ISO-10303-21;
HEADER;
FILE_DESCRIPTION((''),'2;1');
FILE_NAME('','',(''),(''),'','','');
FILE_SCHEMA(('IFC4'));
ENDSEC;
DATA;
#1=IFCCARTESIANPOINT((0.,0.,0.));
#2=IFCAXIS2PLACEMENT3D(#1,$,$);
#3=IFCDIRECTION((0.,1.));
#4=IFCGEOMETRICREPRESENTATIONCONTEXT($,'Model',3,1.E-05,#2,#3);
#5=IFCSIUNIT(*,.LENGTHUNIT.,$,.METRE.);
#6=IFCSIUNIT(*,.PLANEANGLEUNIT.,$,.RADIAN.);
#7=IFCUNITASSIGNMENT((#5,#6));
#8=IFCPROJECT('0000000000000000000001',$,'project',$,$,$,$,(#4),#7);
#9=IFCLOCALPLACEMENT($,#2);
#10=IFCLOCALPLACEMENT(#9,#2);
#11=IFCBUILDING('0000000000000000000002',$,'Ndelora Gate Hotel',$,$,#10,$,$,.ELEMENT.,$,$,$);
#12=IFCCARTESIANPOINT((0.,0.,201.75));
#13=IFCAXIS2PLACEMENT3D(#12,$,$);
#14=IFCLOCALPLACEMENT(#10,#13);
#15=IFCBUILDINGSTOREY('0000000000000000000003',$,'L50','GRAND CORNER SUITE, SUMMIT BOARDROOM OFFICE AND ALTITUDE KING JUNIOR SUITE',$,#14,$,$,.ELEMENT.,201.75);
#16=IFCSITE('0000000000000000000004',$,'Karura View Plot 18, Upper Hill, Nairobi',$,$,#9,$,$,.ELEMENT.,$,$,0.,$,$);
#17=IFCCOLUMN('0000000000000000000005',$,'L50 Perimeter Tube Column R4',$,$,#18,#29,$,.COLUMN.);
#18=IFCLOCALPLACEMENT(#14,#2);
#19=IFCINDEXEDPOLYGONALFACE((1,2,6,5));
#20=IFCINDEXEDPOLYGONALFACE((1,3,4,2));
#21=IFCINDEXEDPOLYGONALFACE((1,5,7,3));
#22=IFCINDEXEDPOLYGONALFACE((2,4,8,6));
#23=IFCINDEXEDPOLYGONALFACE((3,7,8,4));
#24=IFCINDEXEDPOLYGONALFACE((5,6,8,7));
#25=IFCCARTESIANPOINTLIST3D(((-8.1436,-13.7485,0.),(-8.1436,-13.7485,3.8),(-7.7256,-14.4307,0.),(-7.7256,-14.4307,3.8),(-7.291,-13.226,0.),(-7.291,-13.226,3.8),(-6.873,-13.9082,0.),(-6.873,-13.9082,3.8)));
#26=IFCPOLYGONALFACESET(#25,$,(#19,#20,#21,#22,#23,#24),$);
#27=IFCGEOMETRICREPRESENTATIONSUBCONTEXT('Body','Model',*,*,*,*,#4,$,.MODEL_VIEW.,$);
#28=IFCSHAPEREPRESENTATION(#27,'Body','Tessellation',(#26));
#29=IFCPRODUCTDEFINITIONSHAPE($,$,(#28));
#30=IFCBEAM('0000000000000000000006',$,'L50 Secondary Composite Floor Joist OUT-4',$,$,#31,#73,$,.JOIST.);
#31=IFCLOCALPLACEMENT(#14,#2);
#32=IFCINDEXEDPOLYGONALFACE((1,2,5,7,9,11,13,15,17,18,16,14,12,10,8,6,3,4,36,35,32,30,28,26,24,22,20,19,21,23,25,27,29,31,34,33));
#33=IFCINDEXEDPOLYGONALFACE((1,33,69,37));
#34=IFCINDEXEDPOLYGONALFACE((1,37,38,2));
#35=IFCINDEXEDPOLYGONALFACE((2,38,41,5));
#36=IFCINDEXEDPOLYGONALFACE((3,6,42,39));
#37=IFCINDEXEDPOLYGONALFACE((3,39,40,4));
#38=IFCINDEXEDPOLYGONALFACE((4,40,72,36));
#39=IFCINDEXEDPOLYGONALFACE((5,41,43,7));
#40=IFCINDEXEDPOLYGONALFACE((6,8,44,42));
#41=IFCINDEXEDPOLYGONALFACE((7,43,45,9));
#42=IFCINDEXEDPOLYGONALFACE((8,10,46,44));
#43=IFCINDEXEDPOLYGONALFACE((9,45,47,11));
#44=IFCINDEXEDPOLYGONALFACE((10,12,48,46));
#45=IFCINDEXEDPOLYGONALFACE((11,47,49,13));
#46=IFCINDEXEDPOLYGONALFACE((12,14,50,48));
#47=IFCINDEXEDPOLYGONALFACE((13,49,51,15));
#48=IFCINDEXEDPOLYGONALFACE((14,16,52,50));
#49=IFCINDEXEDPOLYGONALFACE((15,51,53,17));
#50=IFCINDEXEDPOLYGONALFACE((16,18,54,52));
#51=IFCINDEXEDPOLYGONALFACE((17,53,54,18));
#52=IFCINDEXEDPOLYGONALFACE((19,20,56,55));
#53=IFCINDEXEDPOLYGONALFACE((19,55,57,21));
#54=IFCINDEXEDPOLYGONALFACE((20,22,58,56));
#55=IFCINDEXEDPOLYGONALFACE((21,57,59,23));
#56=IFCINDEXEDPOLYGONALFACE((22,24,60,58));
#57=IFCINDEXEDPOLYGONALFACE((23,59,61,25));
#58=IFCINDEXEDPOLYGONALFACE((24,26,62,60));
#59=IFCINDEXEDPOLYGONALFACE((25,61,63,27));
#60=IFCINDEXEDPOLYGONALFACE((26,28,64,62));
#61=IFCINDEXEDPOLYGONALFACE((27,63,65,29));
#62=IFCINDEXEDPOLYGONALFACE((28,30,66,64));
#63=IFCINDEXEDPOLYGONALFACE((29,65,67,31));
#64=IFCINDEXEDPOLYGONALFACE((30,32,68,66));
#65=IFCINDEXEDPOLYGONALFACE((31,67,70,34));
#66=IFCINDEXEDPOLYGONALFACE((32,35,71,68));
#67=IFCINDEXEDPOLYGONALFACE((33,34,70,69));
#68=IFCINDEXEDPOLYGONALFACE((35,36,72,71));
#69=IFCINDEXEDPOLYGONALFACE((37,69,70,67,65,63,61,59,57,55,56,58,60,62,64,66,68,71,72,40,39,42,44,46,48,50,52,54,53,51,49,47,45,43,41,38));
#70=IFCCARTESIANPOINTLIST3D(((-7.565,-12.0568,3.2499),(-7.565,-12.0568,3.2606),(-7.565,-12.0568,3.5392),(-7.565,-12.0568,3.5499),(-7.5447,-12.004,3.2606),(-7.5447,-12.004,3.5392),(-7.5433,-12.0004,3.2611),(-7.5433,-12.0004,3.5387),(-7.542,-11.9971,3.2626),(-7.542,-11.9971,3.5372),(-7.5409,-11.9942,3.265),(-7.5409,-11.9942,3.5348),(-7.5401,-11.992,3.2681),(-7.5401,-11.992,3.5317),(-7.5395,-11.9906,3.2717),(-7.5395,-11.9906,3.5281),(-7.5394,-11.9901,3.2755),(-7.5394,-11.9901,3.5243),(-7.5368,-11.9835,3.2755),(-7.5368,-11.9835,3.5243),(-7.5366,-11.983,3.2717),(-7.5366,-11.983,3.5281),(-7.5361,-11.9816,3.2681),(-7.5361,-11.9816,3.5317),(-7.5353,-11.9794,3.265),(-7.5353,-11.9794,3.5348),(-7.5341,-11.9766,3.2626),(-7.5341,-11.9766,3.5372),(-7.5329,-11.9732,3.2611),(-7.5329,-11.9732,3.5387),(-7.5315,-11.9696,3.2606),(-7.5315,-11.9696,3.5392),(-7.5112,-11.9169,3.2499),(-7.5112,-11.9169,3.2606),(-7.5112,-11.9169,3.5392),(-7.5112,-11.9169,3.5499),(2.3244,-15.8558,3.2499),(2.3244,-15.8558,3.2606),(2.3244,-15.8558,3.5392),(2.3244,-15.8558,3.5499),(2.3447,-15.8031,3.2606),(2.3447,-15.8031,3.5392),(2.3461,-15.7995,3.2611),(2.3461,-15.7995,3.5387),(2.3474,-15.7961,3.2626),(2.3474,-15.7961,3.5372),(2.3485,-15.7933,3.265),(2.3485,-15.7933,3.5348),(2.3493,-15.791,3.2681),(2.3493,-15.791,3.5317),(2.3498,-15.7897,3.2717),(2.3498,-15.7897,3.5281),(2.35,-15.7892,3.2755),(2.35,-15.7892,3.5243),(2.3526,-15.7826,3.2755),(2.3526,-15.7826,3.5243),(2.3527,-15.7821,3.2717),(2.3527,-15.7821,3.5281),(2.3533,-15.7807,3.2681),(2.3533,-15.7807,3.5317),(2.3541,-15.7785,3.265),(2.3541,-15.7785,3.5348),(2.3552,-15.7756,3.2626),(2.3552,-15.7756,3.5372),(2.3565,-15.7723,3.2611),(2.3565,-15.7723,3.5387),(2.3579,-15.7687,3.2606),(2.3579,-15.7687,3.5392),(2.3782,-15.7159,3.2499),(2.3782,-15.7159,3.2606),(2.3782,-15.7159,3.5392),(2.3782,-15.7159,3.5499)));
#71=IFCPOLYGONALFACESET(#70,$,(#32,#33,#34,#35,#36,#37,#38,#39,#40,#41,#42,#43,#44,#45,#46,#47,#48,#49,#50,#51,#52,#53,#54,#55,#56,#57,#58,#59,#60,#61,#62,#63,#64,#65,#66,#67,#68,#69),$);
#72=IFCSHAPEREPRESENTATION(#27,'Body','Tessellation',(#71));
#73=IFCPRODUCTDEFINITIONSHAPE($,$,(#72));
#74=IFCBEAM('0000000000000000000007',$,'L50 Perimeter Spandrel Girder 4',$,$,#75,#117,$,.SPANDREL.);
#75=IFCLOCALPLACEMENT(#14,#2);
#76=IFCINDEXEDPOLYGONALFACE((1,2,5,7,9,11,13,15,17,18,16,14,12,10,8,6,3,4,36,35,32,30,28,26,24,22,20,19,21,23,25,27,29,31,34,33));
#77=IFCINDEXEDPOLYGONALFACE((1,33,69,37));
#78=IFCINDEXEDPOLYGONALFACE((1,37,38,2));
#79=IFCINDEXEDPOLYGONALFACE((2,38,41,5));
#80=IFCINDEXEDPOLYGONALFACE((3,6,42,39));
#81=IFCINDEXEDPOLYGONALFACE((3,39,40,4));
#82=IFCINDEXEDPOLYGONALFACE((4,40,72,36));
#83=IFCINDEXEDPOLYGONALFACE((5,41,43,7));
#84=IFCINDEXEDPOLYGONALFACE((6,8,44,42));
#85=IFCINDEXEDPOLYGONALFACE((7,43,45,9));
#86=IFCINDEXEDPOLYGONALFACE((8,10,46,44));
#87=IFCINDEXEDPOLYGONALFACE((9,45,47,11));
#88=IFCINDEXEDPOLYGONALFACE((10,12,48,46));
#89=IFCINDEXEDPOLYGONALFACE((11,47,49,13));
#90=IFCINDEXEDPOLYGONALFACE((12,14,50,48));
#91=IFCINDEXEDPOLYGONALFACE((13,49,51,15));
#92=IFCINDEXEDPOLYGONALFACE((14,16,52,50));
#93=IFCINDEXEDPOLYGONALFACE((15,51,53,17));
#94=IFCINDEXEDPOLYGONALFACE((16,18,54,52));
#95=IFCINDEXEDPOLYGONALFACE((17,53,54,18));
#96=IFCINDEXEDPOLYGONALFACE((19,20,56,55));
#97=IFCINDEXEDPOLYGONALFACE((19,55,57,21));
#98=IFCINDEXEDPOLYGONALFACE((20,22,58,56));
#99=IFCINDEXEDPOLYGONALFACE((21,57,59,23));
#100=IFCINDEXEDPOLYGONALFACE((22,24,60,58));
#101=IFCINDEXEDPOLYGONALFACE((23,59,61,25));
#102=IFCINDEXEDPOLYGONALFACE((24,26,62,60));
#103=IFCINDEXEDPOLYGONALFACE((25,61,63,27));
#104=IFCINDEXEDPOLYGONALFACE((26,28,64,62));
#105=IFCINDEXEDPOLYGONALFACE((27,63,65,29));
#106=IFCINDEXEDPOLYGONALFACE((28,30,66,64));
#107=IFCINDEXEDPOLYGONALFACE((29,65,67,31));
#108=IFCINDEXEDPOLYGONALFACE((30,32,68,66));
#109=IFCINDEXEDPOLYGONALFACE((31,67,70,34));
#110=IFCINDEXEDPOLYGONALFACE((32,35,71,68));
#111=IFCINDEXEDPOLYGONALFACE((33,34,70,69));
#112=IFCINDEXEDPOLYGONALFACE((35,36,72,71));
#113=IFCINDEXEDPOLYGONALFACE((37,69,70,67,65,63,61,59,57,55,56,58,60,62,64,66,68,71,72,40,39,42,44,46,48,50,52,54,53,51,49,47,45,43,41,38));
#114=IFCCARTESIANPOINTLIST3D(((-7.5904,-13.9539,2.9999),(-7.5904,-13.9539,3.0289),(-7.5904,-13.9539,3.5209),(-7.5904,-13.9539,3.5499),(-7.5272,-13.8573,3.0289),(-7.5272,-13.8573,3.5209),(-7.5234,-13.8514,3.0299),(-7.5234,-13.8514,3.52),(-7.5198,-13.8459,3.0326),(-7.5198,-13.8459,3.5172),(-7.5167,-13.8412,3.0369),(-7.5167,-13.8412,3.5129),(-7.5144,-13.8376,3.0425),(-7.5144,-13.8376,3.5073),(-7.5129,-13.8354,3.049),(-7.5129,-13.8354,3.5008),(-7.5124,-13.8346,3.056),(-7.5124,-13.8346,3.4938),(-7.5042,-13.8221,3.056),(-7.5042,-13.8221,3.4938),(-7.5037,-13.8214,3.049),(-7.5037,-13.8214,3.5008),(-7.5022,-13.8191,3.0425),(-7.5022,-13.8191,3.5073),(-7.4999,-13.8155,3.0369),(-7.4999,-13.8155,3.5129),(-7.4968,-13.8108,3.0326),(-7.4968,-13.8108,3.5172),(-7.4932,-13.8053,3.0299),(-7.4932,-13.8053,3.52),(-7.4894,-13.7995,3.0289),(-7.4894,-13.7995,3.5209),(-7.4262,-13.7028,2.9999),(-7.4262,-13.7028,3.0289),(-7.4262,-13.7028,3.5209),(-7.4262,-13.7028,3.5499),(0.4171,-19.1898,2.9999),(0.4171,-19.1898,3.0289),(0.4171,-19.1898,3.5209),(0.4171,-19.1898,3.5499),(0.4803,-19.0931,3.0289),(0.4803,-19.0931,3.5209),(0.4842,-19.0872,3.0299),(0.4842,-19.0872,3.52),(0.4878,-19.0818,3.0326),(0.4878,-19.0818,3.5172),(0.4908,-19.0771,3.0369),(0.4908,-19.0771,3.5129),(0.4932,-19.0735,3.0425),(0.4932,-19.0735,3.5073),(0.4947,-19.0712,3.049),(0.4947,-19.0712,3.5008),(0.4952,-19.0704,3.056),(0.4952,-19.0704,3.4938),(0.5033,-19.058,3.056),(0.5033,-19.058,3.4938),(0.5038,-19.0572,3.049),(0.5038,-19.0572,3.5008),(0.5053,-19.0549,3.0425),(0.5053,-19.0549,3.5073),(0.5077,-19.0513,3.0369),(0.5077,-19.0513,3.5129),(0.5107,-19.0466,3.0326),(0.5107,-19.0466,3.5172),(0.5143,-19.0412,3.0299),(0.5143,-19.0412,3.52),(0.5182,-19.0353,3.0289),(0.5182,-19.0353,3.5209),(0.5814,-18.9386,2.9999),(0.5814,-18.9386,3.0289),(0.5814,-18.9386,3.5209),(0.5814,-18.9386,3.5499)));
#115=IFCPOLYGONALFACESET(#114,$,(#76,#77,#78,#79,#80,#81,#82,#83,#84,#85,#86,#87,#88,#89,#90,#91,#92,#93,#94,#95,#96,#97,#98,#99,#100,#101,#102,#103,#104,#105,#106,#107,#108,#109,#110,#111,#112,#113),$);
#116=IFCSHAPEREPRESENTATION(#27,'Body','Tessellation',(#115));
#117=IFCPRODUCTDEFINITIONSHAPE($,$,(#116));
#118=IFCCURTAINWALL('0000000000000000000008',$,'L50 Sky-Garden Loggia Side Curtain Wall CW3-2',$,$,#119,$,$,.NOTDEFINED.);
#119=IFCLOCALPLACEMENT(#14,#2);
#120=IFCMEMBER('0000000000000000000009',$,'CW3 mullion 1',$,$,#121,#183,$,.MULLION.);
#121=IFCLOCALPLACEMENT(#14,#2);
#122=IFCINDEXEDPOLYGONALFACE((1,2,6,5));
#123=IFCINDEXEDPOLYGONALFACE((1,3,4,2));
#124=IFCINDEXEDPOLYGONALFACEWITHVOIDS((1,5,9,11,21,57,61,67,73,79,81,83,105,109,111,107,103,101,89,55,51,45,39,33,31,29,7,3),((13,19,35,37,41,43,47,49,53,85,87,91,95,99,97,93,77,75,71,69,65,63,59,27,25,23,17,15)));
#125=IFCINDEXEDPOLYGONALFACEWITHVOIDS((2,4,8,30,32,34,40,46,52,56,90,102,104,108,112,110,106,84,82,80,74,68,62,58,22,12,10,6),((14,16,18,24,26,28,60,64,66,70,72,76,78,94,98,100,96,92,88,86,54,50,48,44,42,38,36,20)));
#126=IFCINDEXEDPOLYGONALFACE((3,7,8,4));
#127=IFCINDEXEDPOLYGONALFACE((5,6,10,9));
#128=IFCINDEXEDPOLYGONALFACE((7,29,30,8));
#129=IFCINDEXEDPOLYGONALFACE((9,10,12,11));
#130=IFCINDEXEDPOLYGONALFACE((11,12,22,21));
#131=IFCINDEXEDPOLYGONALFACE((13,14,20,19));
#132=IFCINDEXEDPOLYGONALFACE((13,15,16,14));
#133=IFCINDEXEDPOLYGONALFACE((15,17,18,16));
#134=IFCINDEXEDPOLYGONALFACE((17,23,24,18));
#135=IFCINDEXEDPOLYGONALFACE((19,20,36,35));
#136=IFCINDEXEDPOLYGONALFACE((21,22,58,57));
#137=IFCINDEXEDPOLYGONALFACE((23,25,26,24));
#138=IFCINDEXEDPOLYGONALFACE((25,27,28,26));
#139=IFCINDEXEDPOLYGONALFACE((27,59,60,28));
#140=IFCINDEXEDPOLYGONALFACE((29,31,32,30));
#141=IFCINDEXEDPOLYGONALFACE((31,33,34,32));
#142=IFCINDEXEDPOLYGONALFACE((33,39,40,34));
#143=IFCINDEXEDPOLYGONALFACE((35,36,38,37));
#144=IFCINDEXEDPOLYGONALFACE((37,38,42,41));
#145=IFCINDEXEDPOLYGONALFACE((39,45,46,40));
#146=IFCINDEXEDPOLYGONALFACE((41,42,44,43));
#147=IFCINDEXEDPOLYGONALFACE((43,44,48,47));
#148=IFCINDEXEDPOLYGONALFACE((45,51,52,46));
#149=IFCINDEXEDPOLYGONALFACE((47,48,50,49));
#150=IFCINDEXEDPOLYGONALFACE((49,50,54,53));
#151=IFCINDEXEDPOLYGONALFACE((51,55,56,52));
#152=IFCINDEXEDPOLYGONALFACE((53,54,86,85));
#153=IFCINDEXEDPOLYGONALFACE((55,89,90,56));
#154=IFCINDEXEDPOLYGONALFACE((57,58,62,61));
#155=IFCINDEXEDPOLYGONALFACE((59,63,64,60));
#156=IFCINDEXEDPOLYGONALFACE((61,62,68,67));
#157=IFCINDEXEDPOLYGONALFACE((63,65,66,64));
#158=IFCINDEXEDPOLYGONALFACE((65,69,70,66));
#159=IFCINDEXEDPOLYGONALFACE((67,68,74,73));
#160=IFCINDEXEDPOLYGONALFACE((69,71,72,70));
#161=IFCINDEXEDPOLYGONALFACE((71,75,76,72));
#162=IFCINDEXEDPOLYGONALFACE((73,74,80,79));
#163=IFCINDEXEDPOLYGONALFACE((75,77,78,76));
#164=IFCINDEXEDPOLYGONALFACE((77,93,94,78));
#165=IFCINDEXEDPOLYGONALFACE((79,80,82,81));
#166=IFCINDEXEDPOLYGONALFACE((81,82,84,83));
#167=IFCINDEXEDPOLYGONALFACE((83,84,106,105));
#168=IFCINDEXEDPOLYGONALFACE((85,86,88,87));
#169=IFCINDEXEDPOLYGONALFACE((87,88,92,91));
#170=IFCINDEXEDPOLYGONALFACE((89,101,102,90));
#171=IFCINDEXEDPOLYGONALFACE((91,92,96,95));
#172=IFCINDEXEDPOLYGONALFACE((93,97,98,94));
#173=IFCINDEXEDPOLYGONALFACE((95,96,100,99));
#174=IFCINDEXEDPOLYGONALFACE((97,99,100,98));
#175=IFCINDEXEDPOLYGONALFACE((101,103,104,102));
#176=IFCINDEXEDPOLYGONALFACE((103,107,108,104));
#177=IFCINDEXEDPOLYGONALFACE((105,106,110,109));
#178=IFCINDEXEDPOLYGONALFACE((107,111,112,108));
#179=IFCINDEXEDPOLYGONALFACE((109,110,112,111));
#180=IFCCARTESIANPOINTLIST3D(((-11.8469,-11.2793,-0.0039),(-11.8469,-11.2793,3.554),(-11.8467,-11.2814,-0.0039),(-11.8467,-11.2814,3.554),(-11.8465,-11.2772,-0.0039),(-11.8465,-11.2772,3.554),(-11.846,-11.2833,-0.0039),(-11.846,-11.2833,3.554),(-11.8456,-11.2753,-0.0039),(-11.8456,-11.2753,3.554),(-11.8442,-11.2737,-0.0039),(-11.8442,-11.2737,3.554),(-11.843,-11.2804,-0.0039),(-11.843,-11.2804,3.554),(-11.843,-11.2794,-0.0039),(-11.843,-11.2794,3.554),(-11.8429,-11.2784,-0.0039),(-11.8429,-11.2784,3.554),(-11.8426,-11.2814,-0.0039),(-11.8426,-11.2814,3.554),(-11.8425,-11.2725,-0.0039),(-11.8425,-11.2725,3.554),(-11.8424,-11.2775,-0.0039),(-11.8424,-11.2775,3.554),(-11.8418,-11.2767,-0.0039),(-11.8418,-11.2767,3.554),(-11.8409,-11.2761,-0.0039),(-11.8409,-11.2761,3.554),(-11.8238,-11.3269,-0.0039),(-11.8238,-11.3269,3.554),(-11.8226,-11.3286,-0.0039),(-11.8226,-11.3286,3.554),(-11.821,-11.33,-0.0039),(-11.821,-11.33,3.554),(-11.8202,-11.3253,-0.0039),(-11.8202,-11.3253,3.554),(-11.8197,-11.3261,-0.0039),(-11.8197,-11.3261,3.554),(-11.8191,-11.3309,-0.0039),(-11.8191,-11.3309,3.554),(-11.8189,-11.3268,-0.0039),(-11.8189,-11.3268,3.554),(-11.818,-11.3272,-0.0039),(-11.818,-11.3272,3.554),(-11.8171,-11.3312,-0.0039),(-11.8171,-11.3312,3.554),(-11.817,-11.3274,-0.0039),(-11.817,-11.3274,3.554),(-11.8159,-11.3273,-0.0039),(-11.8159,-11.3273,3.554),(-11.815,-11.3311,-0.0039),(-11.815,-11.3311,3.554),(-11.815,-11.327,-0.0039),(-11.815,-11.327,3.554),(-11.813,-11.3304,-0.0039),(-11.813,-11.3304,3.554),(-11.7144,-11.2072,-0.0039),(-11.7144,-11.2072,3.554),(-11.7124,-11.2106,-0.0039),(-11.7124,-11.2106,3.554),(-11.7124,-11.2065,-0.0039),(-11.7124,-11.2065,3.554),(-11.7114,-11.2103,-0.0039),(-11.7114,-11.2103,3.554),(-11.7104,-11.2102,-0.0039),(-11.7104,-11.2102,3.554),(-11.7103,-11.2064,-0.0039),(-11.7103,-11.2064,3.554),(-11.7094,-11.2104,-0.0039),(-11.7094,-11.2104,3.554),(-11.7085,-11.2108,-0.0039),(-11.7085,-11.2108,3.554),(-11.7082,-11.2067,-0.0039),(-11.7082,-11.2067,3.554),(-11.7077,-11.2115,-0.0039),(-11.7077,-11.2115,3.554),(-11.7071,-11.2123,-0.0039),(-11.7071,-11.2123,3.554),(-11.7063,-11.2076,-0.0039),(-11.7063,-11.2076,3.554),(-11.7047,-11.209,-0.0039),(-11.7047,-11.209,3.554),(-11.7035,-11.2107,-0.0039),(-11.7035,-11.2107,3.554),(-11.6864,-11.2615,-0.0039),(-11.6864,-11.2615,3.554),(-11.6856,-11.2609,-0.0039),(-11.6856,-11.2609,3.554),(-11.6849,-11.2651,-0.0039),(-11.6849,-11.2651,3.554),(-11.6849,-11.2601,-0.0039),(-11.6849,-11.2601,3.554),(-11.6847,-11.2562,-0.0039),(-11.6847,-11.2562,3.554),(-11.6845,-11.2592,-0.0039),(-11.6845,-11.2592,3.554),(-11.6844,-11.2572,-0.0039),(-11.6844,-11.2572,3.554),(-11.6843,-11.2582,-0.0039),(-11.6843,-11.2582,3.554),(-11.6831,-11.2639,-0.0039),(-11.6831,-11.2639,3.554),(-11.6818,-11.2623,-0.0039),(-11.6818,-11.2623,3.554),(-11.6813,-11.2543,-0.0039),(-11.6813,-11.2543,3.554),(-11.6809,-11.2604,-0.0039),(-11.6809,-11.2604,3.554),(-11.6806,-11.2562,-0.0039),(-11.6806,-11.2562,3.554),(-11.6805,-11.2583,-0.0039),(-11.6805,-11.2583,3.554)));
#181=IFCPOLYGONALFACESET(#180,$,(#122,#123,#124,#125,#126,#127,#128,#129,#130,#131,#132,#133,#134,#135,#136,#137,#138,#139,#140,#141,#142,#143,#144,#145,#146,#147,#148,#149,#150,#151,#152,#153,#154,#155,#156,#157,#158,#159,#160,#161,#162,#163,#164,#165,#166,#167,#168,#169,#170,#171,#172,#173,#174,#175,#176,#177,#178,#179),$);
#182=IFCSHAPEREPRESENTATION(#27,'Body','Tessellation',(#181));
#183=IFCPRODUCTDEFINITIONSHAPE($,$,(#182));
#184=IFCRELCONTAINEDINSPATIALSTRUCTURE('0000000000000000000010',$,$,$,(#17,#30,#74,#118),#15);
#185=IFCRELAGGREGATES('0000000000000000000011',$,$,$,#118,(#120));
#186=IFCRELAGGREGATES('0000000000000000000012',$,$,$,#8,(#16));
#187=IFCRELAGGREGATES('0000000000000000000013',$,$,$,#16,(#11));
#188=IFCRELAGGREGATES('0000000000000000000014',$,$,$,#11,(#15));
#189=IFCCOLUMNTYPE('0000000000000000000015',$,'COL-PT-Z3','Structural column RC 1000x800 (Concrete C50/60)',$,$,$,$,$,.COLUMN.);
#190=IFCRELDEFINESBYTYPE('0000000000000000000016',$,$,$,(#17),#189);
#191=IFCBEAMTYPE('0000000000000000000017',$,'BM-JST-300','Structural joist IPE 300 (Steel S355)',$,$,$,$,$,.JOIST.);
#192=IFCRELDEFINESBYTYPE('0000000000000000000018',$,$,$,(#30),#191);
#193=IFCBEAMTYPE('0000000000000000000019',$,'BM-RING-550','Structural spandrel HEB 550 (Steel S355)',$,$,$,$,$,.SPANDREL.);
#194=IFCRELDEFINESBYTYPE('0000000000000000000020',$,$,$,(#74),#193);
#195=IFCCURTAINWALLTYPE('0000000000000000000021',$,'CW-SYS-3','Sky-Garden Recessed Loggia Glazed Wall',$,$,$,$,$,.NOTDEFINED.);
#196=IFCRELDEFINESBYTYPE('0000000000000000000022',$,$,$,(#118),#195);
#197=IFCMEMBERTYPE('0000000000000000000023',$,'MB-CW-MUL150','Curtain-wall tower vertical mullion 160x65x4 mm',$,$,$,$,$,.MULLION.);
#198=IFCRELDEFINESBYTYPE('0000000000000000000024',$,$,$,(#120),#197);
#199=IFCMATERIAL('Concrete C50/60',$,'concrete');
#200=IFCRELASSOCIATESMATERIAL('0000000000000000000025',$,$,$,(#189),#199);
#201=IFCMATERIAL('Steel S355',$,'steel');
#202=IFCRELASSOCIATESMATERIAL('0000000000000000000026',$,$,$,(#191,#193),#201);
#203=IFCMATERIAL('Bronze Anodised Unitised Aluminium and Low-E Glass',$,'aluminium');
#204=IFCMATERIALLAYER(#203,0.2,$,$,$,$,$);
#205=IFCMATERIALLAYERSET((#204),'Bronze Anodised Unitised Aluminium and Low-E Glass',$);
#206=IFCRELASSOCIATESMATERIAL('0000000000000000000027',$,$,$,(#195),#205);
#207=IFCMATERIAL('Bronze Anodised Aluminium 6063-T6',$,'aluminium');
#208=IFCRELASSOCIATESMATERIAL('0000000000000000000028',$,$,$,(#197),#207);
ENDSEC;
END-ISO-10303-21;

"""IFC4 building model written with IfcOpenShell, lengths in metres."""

from ifc_helpers import new_model, si_unit, direction, frame, origin, origin_2d, place, context, subcontext, project, spatial, rectangle, hollow_rectangle, i_section, extrude, material, layer, layer_set, material_profile, profile_set, type_object, element, aggregate, save


model = new_model("IFC4")

# Units and contexts
model_context = context("Model", 3, precision=1e-05, world=origin(), true_north=direction((0.0, 1.0)))
body_context = subcontext(model_context, "Body", "Model", "MODEL_VIEW")
ifc_project = project(units=[si_unit("LENGTHUNIT", "METRE"), si_unit("PLANEANGLEUNIT", "RADIAN")], contexts=[model_context])

# Site, building, storey
site_placement = place(None, origin())
site = spatial("IfcSite", under=ifc_project, at=site_placement, Name="Karura View Plot 18, Upper Hill, Nairobi", CompositionType="ELEMENT", RefElevation=0.0)
building_placement = place(site_placement, origin())
building = spatial("IfcBuilding", under=site, at=building_placement, Name="Ndelora Gate Hotel", CompositionType="ELEMENT")
storey_placement = place(building_placement, frame((0.0, 0.0, 201.75)))
storey = spatial("IfcBuildingStorey", under=building, at=storey_placement, Name="L50", Description="GRAND CORNER SUITE, SUMMIT BOARDROOM OFFICE AND ALTITUDE KING JUNIOR SUITE", CompositionType="ELEMENT", Elevation=201.75)

# Column
ifc_material_1 = material(Name="Concrete C50/60", Category="concrete")
ifc_material_profile_1 = material_profile(ifc_material_1, rectangle(XDim=0.8, YDim=1.0, at=origin_2d()), Name="RC 1000x800")
ifc_profile_set_1 = profile_set([ifc_material_profile_1], Name="Concrete C50/60")
column_type = type_object("IfcColumnType", Name="COL-PT-Z3", Description="Structural column RC 1000x800 (Concrete C50/60)", PredefinedType="COLUMN", material=ifc_profile_set_1)
column_placement = place(storey_placement, frame((-7.5083, -13.8284, 0.0), z_axis=(0.0, 0.0, 1.0), x_axis=(-0.522499, 0.85264, 0.0)))
element("IfcColumn", 1, at=column_placement, inside=storey, type_object=column_type, Name="L50 Perimeter Tube Column R4", PredefinedType="COLUMN", context=body_context, shape_type="SweptSolid", body=[
    extrude(rectangle(XDim=0.8, YDim=1.0, at=origin_2d()), origin(), (0.0, 0.0, 1.0), 3.8),
])

# Beams
ifc_material_2 = material(Name="Steel S355", Category="steel")
ifc_material_profile_2 = material_profile(ifc_material_2, i_section(OverallWidth=0.1499, OverallDepth=0.3, WebThickness=0.0071, FlangeThickness=0.0107, FilletRadius=0.0149, at=origin_2d()), Name="IPE 300")
ifc_profile_set_2 = profile_set([ifc_material_profile_2], Name="Steel S355")
beam_type_1 = type_object("IfcBeamType", Name="BM-JST-300", Description="Structural joist IPE 300 (Steel S355)", PredefinedType="JOIST", material=ifc_profile_set_2)
beam_1_placement = place(storey_placement, frame((-7.5381, -11.9868, 3.3999), z_axis=(0.933489, -0.358605, 0.0), x_axis=(0.358605, 0.933489, 0.0)))
element("IfcBeam", 2, at=beam_1_placement, inside=storey, type_object=beam_type_1, Name="L50 Secondary Composite Floor Joist OUT-4", PredefinedType="JOIST", context=body_context, shape_type="SweptSolid", body=[
    extrude(i_section(OverallWidth=0.1499, OverallDepth=0.3, WebThickness=0.0071, FlangeThickness=0.0107, FilletRadius=0.0149, at=origin_2d()), origin(), (0.0, 0.0, 1.0), 10.594),
])
ifc_material_profile_3 = material_profile(ifc_material_2, i_section(OverallWidth=0.3, OverallDepth=0.55, WebThickness=0.0149, FlangeThickness=0.0291, FilletRadius=0.0271, at=origin_2d()), Name="HEB 550")
ifc_profile_set_3 = profile_set([ifc_material_profile_3], Name="Steel S355")
beam_type_2 = type_object("IfcBeamType", Name="BM-RING-550", Description="Structural spandrel HEB 550 (Steel S355)", PredefinedType="SPANDREL", material=ifc_profile_set_3)
beam_2_placement = place(storey_placement, frame((-7.5083, -13.8284, 3.2749), z_axis=(0.836964, -0.547258, 0.0), x_axis=(0.547258, 0.836964, 0.0)))
element("IfcBeam", 3, at=beam_2_placement, inside=storey, type_object=beam_type_2, Name="L50 Perimeter Spandrel Girder 4", PredefinedType="SPANDREL", context=body_context, shape_type="SweptSolid", body=[
    extrude(i_section(OverallWidth=0.3, OverallDepth=0.55, WebThickness=0.0149, FlangeThickness=0.0291, FilletRadius=0.0271, at=origin_2d()), origin(), (0.0, 0.0, 1.0), 9.5674),
])

# Curtain wall, member
ifc_material_3 = material(Name="Bronze Anodised Unitised Aluminium and Low-E Glass", Category="aluminium")
ifc_layer_1 = layer(ifc_material_3, 0.2)
ifc_layer_set_1 = layer_set([ifc_layer_1], Name="Bronze Anodised Unitised Aluminium and Low-E Glass")
curtain_wall_type = type_object("IfcCurtainWallType", Name="CW-SYS-3", Description="Sky-Garden Recessed Loggia Glazed Wall", PredefinedType="NOTDEFINED", material=ifc_layer_set_1)
curtain_wall_placement = place(storey_placement, origin())
curtain_wall = element("IfcCurtainWall", 4, at=curtain_wall_placement, inside=storey, type_object=curtain_wall_type, Name="L50 Sky-Garden Loggia Side Curtain Wall CW3-2", PredefinedType="NOTDEFINED")
ifc_material_4 = material(Name="Bronze Anodised Aluminium 6063-T6", Category="aluminium")
ifc_material_profile_4 = material_profile(ifc_material_4, hollow_rectangle(XDim=0.0649, YDim=0.1599, WallThickness=0.0039, InnerFilletRadius=0.0039, OuterFilletRadius=0.0081, at=origin_2d()), Name="ALU 160x65x4")
ifc_profile_set_4 = profile_set([ifc_material_profile_4], Name="Bronze Anodised Aluminium 6063-T6")
member_type_1 = type_object("IfcMemberType", Name="MB-CW-MUL150", Description="Curtain-wall tower vertical mullion 160x65x4 mm", PredefinedType="MULLION", material=ifc_profile_set_4)
member_1_placement = place(storey_placement, frame((-11.7637, -11.2688, -0.0039), z_axis=(0.0, 0.0, 1.0), x_axis=(-0.454001, 0.891001, 0.0)))
member_1 = element("IfcMember", 5, at=member_1_placement, type_object=member_type_1, Name="CW3 mullion 1", PredefinedType="MULLION", context=body_context, shape_type="SweptSolid", body=[
    extrude(hollow_rectangle(XDim=0.0649, YDim=0.1599, WallThickness=0.0039, InnerFilletRadius=0.0039, OuterFilletRadius=0.0081, at=origin_2d()), origin(), (0.0, 0.0, 1.0), 3.5579),
])
aggregate(curtain_wall, [member_1])

save(model, "model.ifc")
